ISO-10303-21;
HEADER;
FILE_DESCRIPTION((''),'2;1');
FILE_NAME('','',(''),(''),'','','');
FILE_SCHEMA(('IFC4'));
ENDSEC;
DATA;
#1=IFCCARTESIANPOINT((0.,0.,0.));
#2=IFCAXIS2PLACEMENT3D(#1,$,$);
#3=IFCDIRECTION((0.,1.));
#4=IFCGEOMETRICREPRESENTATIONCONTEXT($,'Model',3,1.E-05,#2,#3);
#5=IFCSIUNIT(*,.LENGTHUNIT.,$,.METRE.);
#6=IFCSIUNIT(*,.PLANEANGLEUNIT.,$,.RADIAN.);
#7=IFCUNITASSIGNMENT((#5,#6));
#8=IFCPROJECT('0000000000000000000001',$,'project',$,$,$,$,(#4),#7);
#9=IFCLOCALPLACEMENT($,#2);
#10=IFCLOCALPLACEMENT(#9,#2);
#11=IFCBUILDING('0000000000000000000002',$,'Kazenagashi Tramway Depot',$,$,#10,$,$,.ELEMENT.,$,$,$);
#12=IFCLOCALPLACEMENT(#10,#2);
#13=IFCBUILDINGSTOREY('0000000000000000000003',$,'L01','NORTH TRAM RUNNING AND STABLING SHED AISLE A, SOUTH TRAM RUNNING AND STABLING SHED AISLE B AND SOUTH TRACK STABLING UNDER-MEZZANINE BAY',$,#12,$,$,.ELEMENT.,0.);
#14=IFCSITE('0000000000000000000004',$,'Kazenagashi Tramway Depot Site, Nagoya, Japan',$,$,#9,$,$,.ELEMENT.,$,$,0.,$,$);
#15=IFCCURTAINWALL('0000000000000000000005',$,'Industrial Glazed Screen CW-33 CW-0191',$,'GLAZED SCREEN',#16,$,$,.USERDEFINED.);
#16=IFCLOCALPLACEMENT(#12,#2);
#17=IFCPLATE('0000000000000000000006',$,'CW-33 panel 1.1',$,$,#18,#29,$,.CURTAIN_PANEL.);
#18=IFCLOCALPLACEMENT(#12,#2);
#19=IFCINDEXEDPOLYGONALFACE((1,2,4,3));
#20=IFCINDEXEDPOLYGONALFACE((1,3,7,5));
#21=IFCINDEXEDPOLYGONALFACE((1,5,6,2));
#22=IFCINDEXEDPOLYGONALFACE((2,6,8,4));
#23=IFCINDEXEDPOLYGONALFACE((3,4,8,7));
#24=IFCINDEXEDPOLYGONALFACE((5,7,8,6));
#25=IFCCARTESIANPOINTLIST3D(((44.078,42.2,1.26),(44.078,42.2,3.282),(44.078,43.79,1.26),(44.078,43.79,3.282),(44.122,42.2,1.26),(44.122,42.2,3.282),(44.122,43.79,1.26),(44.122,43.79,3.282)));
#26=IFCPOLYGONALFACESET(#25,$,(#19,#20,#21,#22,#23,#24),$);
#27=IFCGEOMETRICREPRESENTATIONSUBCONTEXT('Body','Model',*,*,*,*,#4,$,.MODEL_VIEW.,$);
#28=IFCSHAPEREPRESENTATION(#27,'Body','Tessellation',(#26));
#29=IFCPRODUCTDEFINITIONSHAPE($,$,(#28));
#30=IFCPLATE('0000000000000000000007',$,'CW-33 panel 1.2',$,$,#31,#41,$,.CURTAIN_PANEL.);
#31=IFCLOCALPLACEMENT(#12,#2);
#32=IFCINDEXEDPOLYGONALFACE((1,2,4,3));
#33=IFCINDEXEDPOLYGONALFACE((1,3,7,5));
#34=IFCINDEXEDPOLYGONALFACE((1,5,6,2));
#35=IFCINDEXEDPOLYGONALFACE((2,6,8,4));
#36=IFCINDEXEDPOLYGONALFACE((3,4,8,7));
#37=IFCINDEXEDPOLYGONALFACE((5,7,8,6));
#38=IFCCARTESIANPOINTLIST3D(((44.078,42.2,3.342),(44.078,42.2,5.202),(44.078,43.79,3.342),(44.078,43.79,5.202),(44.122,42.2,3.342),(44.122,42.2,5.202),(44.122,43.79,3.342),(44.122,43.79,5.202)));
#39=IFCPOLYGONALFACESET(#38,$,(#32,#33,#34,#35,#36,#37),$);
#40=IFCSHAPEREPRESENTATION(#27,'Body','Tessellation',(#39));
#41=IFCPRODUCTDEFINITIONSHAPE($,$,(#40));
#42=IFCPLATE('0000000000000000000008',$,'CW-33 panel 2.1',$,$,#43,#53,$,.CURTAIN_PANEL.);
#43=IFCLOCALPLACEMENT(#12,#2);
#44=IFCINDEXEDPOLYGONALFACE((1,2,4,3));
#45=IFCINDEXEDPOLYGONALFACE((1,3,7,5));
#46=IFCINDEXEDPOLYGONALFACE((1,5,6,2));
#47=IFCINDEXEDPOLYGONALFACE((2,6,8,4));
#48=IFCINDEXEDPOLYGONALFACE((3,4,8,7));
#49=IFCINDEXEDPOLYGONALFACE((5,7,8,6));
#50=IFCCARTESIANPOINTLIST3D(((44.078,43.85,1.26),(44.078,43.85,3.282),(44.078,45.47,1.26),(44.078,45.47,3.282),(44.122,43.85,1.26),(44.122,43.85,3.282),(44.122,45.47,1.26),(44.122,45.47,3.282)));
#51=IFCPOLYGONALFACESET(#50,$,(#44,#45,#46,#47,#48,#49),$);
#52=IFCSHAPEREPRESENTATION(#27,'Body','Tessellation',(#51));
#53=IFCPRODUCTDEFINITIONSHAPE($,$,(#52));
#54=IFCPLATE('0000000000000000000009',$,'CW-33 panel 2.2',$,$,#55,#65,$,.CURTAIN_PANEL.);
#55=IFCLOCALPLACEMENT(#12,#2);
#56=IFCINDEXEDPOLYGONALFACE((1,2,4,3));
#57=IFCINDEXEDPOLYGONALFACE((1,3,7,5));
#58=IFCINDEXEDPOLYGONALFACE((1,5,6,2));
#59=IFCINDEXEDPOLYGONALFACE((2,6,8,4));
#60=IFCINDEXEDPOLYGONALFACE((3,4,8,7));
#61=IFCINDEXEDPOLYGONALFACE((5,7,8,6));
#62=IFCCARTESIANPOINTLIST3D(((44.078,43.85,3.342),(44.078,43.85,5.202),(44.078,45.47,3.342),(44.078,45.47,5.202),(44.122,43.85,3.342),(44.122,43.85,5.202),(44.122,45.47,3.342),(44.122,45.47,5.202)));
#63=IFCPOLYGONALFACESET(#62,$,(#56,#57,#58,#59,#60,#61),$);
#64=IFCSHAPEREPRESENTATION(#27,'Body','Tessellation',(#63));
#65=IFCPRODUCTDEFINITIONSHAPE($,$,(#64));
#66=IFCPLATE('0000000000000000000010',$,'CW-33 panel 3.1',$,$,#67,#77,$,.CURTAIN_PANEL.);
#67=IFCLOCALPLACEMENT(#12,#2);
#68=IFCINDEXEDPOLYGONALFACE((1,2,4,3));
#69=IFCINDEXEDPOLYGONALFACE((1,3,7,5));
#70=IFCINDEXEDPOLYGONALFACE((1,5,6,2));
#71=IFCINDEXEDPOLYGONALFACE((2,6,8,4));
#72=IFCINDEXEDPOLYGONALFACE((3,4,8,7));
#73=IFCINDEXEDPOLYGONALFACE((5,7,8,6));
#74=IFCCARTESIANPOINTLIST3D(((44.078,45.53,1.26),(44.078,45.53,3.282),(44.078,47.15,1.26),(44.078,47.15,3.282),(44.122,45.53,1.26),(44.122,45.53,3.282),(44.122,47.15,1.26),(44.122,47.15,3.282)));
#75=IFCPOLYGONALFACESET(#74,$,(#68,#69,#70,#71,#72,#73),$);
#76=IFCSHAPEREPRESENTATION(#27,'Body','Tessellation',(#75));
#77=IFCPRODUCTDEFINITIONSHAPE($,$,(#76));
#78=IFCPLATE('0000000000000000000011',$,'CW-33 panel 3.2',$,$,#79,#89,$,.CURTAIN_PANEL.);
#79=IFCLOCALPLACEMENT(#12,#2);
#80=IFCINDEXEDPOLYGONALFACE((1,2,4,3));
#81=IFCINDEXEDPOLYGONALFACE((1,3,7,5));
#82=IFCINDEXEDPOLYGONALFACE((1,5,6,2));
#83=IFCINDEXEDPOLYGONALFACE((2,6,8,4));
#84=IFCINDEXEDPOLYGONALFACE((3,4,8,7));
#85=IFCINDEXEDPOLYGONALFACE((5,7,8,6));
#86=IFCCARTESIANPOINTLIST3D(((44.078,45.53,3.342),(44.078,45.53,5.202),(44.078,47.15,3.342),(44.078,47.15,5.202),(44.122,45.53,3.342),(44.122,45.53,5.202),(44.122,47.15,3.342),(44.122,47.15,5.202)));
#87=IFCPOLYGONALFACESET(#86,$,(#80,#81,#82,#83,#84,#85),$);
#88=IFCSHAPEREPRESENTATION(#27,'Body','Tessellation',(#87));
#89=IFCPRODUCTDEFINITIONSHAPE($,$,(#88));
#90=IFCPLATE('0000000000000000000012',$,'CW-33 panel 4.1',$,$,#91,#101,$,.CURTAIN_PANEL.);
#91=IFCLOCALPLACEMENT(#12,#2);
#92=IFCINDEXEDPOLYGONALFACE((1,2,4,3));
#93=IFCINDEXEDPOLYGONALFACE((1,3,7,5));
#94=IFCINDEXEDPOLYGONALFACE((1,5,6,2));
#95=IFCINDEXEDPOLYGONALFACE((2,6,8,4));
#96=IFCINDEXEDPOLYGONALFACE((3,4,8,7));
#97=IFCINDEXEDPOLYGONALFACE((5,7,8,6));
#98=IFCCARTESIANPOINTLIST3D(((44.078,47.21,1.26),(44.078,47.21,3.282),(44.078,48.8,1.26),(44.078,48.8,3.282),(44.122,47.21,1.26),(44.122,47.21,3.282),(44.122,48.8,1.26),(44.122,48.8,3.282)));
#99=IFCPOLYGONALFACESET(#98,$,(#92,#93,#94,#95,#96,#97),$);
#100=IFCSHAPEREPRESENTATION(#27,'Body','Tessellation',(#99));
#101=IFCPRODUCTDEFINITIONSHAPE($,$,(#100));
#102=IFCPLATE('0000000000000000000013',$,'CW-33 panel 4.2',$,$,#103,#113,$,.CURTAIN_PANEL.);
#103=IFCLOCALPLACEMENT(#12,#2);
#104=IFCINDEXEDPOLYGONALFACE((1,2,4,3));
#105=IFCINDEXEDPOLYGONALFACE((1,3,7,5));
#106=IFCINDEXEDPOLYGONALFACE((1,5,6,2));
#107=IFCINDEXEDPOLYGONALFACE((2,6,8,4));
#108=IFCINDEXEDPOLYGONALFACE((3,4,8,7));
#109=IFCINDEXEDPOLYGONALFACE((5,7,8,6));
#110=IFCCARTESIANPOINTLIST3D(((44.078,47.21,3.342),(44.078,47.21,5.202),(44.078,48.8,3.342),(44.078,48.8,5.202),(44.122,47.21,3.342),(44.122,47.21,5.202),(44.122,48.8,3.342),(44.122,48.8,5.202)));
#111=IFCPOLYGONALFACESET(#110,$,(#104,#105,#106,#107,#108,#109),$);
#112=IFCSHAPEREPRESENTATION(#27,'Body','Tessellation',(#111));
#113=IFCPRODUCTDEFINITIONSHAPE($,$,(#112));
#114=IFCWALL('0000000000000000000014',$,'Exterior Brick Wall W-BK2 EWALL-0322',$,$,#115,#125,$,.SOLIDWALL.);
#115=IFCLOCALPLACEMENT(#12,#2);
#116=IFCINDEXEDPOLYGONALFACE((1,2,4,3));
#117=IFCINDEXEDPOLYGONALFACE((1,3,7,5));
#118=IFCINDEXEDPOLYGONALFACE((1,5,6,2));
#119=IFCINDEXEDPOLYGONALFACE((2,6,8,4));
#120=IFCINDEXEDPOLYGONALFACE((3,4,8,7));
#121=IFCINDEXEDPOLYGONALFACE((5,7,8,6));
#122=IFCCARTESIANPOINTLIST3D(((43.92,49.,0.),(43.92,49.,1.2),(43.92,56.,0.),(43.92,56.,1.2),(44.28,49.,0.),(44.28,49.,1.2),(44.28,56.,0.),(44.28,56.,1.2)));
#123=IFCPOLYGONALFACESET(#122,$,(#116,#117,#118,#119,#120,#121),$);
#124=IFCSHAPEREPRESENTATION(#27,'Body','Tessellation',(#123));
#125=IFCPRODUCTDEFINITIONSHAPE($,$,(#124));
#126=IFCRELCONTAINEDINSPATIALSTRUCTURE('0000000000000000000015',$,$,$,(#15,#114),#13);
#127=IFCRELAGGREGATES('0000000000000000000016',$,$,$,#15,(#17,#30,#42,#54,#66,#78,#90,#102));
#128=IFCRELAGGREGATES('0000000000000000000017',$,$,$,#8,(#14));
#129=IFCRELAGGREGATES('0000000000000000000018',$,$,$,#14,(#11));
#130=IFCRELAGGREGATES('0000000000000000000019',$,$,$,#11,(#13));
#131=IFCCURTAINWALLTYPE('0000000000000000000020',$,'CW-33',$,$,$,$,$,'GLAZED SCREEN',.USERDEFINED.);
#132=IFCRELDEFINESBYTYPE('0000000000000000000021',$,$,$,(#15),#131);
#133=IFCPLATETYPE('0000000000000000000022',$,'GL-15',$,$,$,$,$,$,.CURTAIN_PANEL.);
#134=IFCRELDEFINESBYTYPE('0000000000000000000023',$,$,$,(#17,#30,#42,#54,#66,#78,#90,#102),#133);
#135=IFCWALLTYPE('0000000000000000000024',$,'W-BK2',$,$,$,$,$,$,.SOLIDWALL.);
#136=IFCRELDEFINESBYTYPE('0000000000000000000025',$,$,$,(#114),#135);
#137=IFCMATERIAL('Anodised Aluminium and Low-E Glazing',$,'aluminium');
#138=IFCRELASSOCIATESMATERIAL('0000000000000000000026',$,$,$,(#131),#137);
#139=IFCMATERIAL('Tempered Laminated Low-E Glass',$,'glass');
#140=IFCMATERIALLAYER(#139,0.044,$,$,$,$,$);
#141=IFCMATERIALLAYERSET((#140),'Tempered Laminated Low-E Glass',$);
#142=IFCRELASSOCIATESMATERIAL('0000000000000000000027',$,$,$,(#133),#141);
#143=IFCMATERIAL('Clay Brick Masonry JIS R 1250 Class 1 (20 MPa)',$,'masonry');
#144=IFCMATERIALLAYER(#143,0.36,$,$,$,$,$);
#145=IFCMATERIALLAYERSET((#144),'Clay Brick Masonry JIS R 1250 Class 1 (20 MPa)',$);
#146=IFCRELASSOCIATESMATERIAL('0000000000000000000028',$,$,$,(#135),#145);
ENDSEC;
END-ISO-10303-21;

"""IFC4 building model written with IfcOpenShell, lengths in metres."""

from ifc_helpers import new_model, si_unit, direction, frame, frame_2d, origin, origin_2d, place, context, subcontext, project, spatial, rectangle, extrude, material, layer, layer_set, type_object, element, aggregate, save


model = new_model("IFC4")

# Units and contexts
model_context = context("Model", 3, precision=1e-05, world=origin(), true_north=direction((0.0, 1.0)))
body_context = subcontext(model_context, "Body", "Model", "MODEL_VIEW")
ifc_project = project(units=[si_unit("LENGTHUNIT", "METRE"), si_unit("PLANEANGLEUNIT", "RADIAN")], contexts=[model_context])

# Site, building, storey
site_placement = place(None, origin())
site = spatial("IfcSite", under=ifc_project, at=site_placement, Name="Kazenagashi Tramway Depot Site, Nagoya, Japan", CompositionType="ELEMENT", RefElevation=0.0)
building_placement = place(site_placement, origin())
building = spatial("IfcBuilding", under=site, at=building_placement, Name="Kazenagashi Tramway Depot", CompositionType="ELEMENT")
storey_placement = place(building_placement, origin())
storey = spatial("IfcBuildingStorey", under=building, at=storey_placement, Name="L01", Description="NORTH TRAM RUNNING AND STABLING SHED AISLE A, SOUTH TRAM RUNNING AND STABLING SHED AISLE B AND SOUTH TRACK STABLING UNDER-MEZZANINE BAY", CompositionType="ELEMENT", Elevation=0.0)

# Curtain wall
ifc_material_1 = material(Name="Anodised Aluminium and Low-E Glazing", Category="aluminium")
curtain_wall_type = type_object("IfcCurtainWallType", Name="CW-33", ElementType="GLAZED SCREEN", PredefinedType="USERDEFINED", material=ifc_material_1)
curtain_wall_1_placement = place(storey_placement, origin())
curtain_wall_1 = element("IfcCurtainWall", 1, at=curtain_wall_1_placement, inside=storey, type_object=curtain_wall_type, Name="Industrial Glazed Screen CW-33 CW-0191", ObjectType="GLAZED SCREEN", PredefinedType="USERDEFINED")

# Plates
ifc_material_2 = material(Name="Tempered Laminated Low-E Glass", Category="glass")
ifc_layer_1 = layer(ifc_material_2, 0.044)
ifc_layer_set_1 = layer_set([ifc_layer_1], Name="Tempered Laminated Low-E Glass")
plate_type = type_object("IfcPlateType", Name="GL-15", PredefinedType="CURTAIN_PANEL", material=ifc_layer_set_1)
plate_1_placement = place(storey_placement, frame((44.1, 42.995, 1.26), z_axis=(0.0, 0.0, 1.0), x_axis=(0.0, 1.0, 0.0)))
plate_1 = element("IfcPlate", 2, at=plate_1_placement, type_object=plate_type, Name="CW-33 panel 1.1", PredefinedType="CURTAIN_PANEL", context=body_context, shape_type="SweptSolid", body=[
    extrude(rectangle(XDim=1.59, YDim=0.044, at=origin_2d()), origin(), (0.0, 0.0, 1.0), 2.022),
])
plate_2_placement = place(storey_placement, frame((44.1, 42.995, 3.342), z_axis=(0.0, 0.0, 1.0), x_axis=(0.0, 1.0, 0.0)))
plate_2 = element("IfcPlate", 3, at=plate_2_placement, type_object=plate_type, Name="CW-33 panel 1.2", PredefinedType="CURTAIN_PANEL", context=body_context, shape_type="SweptSolid", body=[
    extrude(rectangle(XDim=1.59, YDim=0.044, at=origin_2d()), origin(), (0.0, 0.0, 1.0), 1.86),
])
plate_3_placement = place(storey_placement, frame((44.1, 44.66, 1.26), z_axis=(0.0, 0.0, 1.0), x_axis=(0.0, 1.0, 0.0)))
plate_3 = element("IfcPlate", 4, at=plate_3_placement, type_object=plate_type, Name="CW-33 panel 2.1", PredefinedType="CURTAIN_PANEL", context=body_context, shape_type="SweptSolid", body=[
    extrude(rectangle(XDim=1.62, YDim=0.044, at=origin_2d()), origin(), (0.0, 0.0, 1.0), 2.022),
])
plate_4_placement = place(storey_placement, frame((44.1, 44.66, 3.342), z_axis=(0.0, 0.0, 1.0), x_axis=(0.0, 1.0, 0.0)))
plate_4 = element("IfcPlate", 5, at=plate_4_placement, type_object=plate_type, Name="CW-33 panel 2.2", PredefinedType="CURTAIN_PANEL", context=body_context, shape_type="SweptSolid", body=[
    extrude(rectangle(XDim=1.62, YDim=0.044, at=origin_2d()), origin(), (0.0, 0.0, 1.0), 1.86),
])
plate_5_placement = place(storey_placement, frame((44.1, 46.34, 1.26), z_axis=(0.0, 0.0, 1.0), x_axis=(0.0, 1.0, 0.0)))
plate_5 = element("IfcPlate", 6, at=plate_5_placement, type_object=plate_type, Name="CW-33 panel 3.1", PredefinedType="CURTAIN_PANEL", context=body_context, shape_type="SweptSolid", body=[
    extrude(rectangle(XDim=1.62, YDim=0.044, at=origin_2d()), origin(), (0.0, 0.0, 1.0), 2.022),
])
plate_6_placement = place(storey_placement, frame((44.1, 46.34, 3.342), z_axis=(0.0, 0.0, 1.0), x_axis=(0.0, 1.0, 0.0)))
plate_6 = element("IfcPlate", 7, at=plate_6_placement, type_object=plate_type, Name="CW-33 panel 3.2", PredefinedType="CURTAIN_PANEL", context=body_context, shape_type="SweptSolid", body=[
    extrude(rectangle(XDim=1.62, YDim=0.044, at=origin_2d()), origin(), (0.0, 0.0, 1.0), 1.86),
])
plate_7_placement = place(storey_placement, frame((44.1, 48.005, 1.26), z_axis=(0.0, 0.0, 1.0), x_axis=(0.0, 1.0, 0.0)))
plate_7 = element("IfcPlate", 8, at=plate_7_placement, type_object=plate_type, Name="CW-33 panel 4.1", PredefinedType="CURTAIN_PANEL", context=body_context, shape_type="SweptSolid", body=[
    extrude(rectangle(XDim=1.59, YDim=0.044, at=origin_2d()), origin(), (0.0, 0.0, 1.0), 2.022),
])
plate_8_placement = place(storey_placement, frame((44.1, 48.005, 3.342), z_axis=(0.0, 0.0, 1.0), x_axis=(0.0, 1.0, 0.0)))
plate_8 = element("IfcPlate", 9, at=plate_8_placement, type_object=plate_type, Name="CW-33 panel 4.2", PredefinedType="CURTAIN_PANEL", context=body_context, shape_type="SweptSolid", body=[
    extrude(rectangle(XDim=1.59, YDim=0.044, at=origin_2d()), origin(), (0.0, 0.0, 1.0), 1.86),
])
aggregate(curtain_wall_1, [plate_1, plate_2, plate_3, plate_4, plate_5, plate_6, plate_7, plate_8])

# Wall
ifc_material_3 = material(Name="Clay Brick Masonry JIS R 1250 Class 1 (20 MPa)", Category="masonry")
ifc_layer_2 = layer(ifc_material_3, 0.36)
ifc_layer_set_2 = layer_set([ifc_layer_2], Name="Clay Brick Masonry JIS R 1250 Class 1 (20 MPa)")
wall_type = type_object("IfcWallType", Name="W-BK2", PredefinedType="SOLIDWALL", material=ifc_layer_set_2)
wall_placement = place(storey_placement, frame((44.1, 49.0, 0.0), z_axis=(0.0, 0.0, 1.0), x_axis=(0.0, 1.0, 0.0)))
element("IfcWall", 10, at=wall_placement, inside=storey, type_object=wall_type, Name="Exterior Brick Wall W-BK2 EWALL-0322", PredefinedType="SOLIDWALL", context=body_context, shape_type="SweptSolid", body=[
    extrude(rectangle(XDim=7.0, YDim=0.36, at=frame_2d((3.5, 0.0))), origin(), (0.0, 0.0, 1.0), 1.2),
])

save(model, "model.ifc")
